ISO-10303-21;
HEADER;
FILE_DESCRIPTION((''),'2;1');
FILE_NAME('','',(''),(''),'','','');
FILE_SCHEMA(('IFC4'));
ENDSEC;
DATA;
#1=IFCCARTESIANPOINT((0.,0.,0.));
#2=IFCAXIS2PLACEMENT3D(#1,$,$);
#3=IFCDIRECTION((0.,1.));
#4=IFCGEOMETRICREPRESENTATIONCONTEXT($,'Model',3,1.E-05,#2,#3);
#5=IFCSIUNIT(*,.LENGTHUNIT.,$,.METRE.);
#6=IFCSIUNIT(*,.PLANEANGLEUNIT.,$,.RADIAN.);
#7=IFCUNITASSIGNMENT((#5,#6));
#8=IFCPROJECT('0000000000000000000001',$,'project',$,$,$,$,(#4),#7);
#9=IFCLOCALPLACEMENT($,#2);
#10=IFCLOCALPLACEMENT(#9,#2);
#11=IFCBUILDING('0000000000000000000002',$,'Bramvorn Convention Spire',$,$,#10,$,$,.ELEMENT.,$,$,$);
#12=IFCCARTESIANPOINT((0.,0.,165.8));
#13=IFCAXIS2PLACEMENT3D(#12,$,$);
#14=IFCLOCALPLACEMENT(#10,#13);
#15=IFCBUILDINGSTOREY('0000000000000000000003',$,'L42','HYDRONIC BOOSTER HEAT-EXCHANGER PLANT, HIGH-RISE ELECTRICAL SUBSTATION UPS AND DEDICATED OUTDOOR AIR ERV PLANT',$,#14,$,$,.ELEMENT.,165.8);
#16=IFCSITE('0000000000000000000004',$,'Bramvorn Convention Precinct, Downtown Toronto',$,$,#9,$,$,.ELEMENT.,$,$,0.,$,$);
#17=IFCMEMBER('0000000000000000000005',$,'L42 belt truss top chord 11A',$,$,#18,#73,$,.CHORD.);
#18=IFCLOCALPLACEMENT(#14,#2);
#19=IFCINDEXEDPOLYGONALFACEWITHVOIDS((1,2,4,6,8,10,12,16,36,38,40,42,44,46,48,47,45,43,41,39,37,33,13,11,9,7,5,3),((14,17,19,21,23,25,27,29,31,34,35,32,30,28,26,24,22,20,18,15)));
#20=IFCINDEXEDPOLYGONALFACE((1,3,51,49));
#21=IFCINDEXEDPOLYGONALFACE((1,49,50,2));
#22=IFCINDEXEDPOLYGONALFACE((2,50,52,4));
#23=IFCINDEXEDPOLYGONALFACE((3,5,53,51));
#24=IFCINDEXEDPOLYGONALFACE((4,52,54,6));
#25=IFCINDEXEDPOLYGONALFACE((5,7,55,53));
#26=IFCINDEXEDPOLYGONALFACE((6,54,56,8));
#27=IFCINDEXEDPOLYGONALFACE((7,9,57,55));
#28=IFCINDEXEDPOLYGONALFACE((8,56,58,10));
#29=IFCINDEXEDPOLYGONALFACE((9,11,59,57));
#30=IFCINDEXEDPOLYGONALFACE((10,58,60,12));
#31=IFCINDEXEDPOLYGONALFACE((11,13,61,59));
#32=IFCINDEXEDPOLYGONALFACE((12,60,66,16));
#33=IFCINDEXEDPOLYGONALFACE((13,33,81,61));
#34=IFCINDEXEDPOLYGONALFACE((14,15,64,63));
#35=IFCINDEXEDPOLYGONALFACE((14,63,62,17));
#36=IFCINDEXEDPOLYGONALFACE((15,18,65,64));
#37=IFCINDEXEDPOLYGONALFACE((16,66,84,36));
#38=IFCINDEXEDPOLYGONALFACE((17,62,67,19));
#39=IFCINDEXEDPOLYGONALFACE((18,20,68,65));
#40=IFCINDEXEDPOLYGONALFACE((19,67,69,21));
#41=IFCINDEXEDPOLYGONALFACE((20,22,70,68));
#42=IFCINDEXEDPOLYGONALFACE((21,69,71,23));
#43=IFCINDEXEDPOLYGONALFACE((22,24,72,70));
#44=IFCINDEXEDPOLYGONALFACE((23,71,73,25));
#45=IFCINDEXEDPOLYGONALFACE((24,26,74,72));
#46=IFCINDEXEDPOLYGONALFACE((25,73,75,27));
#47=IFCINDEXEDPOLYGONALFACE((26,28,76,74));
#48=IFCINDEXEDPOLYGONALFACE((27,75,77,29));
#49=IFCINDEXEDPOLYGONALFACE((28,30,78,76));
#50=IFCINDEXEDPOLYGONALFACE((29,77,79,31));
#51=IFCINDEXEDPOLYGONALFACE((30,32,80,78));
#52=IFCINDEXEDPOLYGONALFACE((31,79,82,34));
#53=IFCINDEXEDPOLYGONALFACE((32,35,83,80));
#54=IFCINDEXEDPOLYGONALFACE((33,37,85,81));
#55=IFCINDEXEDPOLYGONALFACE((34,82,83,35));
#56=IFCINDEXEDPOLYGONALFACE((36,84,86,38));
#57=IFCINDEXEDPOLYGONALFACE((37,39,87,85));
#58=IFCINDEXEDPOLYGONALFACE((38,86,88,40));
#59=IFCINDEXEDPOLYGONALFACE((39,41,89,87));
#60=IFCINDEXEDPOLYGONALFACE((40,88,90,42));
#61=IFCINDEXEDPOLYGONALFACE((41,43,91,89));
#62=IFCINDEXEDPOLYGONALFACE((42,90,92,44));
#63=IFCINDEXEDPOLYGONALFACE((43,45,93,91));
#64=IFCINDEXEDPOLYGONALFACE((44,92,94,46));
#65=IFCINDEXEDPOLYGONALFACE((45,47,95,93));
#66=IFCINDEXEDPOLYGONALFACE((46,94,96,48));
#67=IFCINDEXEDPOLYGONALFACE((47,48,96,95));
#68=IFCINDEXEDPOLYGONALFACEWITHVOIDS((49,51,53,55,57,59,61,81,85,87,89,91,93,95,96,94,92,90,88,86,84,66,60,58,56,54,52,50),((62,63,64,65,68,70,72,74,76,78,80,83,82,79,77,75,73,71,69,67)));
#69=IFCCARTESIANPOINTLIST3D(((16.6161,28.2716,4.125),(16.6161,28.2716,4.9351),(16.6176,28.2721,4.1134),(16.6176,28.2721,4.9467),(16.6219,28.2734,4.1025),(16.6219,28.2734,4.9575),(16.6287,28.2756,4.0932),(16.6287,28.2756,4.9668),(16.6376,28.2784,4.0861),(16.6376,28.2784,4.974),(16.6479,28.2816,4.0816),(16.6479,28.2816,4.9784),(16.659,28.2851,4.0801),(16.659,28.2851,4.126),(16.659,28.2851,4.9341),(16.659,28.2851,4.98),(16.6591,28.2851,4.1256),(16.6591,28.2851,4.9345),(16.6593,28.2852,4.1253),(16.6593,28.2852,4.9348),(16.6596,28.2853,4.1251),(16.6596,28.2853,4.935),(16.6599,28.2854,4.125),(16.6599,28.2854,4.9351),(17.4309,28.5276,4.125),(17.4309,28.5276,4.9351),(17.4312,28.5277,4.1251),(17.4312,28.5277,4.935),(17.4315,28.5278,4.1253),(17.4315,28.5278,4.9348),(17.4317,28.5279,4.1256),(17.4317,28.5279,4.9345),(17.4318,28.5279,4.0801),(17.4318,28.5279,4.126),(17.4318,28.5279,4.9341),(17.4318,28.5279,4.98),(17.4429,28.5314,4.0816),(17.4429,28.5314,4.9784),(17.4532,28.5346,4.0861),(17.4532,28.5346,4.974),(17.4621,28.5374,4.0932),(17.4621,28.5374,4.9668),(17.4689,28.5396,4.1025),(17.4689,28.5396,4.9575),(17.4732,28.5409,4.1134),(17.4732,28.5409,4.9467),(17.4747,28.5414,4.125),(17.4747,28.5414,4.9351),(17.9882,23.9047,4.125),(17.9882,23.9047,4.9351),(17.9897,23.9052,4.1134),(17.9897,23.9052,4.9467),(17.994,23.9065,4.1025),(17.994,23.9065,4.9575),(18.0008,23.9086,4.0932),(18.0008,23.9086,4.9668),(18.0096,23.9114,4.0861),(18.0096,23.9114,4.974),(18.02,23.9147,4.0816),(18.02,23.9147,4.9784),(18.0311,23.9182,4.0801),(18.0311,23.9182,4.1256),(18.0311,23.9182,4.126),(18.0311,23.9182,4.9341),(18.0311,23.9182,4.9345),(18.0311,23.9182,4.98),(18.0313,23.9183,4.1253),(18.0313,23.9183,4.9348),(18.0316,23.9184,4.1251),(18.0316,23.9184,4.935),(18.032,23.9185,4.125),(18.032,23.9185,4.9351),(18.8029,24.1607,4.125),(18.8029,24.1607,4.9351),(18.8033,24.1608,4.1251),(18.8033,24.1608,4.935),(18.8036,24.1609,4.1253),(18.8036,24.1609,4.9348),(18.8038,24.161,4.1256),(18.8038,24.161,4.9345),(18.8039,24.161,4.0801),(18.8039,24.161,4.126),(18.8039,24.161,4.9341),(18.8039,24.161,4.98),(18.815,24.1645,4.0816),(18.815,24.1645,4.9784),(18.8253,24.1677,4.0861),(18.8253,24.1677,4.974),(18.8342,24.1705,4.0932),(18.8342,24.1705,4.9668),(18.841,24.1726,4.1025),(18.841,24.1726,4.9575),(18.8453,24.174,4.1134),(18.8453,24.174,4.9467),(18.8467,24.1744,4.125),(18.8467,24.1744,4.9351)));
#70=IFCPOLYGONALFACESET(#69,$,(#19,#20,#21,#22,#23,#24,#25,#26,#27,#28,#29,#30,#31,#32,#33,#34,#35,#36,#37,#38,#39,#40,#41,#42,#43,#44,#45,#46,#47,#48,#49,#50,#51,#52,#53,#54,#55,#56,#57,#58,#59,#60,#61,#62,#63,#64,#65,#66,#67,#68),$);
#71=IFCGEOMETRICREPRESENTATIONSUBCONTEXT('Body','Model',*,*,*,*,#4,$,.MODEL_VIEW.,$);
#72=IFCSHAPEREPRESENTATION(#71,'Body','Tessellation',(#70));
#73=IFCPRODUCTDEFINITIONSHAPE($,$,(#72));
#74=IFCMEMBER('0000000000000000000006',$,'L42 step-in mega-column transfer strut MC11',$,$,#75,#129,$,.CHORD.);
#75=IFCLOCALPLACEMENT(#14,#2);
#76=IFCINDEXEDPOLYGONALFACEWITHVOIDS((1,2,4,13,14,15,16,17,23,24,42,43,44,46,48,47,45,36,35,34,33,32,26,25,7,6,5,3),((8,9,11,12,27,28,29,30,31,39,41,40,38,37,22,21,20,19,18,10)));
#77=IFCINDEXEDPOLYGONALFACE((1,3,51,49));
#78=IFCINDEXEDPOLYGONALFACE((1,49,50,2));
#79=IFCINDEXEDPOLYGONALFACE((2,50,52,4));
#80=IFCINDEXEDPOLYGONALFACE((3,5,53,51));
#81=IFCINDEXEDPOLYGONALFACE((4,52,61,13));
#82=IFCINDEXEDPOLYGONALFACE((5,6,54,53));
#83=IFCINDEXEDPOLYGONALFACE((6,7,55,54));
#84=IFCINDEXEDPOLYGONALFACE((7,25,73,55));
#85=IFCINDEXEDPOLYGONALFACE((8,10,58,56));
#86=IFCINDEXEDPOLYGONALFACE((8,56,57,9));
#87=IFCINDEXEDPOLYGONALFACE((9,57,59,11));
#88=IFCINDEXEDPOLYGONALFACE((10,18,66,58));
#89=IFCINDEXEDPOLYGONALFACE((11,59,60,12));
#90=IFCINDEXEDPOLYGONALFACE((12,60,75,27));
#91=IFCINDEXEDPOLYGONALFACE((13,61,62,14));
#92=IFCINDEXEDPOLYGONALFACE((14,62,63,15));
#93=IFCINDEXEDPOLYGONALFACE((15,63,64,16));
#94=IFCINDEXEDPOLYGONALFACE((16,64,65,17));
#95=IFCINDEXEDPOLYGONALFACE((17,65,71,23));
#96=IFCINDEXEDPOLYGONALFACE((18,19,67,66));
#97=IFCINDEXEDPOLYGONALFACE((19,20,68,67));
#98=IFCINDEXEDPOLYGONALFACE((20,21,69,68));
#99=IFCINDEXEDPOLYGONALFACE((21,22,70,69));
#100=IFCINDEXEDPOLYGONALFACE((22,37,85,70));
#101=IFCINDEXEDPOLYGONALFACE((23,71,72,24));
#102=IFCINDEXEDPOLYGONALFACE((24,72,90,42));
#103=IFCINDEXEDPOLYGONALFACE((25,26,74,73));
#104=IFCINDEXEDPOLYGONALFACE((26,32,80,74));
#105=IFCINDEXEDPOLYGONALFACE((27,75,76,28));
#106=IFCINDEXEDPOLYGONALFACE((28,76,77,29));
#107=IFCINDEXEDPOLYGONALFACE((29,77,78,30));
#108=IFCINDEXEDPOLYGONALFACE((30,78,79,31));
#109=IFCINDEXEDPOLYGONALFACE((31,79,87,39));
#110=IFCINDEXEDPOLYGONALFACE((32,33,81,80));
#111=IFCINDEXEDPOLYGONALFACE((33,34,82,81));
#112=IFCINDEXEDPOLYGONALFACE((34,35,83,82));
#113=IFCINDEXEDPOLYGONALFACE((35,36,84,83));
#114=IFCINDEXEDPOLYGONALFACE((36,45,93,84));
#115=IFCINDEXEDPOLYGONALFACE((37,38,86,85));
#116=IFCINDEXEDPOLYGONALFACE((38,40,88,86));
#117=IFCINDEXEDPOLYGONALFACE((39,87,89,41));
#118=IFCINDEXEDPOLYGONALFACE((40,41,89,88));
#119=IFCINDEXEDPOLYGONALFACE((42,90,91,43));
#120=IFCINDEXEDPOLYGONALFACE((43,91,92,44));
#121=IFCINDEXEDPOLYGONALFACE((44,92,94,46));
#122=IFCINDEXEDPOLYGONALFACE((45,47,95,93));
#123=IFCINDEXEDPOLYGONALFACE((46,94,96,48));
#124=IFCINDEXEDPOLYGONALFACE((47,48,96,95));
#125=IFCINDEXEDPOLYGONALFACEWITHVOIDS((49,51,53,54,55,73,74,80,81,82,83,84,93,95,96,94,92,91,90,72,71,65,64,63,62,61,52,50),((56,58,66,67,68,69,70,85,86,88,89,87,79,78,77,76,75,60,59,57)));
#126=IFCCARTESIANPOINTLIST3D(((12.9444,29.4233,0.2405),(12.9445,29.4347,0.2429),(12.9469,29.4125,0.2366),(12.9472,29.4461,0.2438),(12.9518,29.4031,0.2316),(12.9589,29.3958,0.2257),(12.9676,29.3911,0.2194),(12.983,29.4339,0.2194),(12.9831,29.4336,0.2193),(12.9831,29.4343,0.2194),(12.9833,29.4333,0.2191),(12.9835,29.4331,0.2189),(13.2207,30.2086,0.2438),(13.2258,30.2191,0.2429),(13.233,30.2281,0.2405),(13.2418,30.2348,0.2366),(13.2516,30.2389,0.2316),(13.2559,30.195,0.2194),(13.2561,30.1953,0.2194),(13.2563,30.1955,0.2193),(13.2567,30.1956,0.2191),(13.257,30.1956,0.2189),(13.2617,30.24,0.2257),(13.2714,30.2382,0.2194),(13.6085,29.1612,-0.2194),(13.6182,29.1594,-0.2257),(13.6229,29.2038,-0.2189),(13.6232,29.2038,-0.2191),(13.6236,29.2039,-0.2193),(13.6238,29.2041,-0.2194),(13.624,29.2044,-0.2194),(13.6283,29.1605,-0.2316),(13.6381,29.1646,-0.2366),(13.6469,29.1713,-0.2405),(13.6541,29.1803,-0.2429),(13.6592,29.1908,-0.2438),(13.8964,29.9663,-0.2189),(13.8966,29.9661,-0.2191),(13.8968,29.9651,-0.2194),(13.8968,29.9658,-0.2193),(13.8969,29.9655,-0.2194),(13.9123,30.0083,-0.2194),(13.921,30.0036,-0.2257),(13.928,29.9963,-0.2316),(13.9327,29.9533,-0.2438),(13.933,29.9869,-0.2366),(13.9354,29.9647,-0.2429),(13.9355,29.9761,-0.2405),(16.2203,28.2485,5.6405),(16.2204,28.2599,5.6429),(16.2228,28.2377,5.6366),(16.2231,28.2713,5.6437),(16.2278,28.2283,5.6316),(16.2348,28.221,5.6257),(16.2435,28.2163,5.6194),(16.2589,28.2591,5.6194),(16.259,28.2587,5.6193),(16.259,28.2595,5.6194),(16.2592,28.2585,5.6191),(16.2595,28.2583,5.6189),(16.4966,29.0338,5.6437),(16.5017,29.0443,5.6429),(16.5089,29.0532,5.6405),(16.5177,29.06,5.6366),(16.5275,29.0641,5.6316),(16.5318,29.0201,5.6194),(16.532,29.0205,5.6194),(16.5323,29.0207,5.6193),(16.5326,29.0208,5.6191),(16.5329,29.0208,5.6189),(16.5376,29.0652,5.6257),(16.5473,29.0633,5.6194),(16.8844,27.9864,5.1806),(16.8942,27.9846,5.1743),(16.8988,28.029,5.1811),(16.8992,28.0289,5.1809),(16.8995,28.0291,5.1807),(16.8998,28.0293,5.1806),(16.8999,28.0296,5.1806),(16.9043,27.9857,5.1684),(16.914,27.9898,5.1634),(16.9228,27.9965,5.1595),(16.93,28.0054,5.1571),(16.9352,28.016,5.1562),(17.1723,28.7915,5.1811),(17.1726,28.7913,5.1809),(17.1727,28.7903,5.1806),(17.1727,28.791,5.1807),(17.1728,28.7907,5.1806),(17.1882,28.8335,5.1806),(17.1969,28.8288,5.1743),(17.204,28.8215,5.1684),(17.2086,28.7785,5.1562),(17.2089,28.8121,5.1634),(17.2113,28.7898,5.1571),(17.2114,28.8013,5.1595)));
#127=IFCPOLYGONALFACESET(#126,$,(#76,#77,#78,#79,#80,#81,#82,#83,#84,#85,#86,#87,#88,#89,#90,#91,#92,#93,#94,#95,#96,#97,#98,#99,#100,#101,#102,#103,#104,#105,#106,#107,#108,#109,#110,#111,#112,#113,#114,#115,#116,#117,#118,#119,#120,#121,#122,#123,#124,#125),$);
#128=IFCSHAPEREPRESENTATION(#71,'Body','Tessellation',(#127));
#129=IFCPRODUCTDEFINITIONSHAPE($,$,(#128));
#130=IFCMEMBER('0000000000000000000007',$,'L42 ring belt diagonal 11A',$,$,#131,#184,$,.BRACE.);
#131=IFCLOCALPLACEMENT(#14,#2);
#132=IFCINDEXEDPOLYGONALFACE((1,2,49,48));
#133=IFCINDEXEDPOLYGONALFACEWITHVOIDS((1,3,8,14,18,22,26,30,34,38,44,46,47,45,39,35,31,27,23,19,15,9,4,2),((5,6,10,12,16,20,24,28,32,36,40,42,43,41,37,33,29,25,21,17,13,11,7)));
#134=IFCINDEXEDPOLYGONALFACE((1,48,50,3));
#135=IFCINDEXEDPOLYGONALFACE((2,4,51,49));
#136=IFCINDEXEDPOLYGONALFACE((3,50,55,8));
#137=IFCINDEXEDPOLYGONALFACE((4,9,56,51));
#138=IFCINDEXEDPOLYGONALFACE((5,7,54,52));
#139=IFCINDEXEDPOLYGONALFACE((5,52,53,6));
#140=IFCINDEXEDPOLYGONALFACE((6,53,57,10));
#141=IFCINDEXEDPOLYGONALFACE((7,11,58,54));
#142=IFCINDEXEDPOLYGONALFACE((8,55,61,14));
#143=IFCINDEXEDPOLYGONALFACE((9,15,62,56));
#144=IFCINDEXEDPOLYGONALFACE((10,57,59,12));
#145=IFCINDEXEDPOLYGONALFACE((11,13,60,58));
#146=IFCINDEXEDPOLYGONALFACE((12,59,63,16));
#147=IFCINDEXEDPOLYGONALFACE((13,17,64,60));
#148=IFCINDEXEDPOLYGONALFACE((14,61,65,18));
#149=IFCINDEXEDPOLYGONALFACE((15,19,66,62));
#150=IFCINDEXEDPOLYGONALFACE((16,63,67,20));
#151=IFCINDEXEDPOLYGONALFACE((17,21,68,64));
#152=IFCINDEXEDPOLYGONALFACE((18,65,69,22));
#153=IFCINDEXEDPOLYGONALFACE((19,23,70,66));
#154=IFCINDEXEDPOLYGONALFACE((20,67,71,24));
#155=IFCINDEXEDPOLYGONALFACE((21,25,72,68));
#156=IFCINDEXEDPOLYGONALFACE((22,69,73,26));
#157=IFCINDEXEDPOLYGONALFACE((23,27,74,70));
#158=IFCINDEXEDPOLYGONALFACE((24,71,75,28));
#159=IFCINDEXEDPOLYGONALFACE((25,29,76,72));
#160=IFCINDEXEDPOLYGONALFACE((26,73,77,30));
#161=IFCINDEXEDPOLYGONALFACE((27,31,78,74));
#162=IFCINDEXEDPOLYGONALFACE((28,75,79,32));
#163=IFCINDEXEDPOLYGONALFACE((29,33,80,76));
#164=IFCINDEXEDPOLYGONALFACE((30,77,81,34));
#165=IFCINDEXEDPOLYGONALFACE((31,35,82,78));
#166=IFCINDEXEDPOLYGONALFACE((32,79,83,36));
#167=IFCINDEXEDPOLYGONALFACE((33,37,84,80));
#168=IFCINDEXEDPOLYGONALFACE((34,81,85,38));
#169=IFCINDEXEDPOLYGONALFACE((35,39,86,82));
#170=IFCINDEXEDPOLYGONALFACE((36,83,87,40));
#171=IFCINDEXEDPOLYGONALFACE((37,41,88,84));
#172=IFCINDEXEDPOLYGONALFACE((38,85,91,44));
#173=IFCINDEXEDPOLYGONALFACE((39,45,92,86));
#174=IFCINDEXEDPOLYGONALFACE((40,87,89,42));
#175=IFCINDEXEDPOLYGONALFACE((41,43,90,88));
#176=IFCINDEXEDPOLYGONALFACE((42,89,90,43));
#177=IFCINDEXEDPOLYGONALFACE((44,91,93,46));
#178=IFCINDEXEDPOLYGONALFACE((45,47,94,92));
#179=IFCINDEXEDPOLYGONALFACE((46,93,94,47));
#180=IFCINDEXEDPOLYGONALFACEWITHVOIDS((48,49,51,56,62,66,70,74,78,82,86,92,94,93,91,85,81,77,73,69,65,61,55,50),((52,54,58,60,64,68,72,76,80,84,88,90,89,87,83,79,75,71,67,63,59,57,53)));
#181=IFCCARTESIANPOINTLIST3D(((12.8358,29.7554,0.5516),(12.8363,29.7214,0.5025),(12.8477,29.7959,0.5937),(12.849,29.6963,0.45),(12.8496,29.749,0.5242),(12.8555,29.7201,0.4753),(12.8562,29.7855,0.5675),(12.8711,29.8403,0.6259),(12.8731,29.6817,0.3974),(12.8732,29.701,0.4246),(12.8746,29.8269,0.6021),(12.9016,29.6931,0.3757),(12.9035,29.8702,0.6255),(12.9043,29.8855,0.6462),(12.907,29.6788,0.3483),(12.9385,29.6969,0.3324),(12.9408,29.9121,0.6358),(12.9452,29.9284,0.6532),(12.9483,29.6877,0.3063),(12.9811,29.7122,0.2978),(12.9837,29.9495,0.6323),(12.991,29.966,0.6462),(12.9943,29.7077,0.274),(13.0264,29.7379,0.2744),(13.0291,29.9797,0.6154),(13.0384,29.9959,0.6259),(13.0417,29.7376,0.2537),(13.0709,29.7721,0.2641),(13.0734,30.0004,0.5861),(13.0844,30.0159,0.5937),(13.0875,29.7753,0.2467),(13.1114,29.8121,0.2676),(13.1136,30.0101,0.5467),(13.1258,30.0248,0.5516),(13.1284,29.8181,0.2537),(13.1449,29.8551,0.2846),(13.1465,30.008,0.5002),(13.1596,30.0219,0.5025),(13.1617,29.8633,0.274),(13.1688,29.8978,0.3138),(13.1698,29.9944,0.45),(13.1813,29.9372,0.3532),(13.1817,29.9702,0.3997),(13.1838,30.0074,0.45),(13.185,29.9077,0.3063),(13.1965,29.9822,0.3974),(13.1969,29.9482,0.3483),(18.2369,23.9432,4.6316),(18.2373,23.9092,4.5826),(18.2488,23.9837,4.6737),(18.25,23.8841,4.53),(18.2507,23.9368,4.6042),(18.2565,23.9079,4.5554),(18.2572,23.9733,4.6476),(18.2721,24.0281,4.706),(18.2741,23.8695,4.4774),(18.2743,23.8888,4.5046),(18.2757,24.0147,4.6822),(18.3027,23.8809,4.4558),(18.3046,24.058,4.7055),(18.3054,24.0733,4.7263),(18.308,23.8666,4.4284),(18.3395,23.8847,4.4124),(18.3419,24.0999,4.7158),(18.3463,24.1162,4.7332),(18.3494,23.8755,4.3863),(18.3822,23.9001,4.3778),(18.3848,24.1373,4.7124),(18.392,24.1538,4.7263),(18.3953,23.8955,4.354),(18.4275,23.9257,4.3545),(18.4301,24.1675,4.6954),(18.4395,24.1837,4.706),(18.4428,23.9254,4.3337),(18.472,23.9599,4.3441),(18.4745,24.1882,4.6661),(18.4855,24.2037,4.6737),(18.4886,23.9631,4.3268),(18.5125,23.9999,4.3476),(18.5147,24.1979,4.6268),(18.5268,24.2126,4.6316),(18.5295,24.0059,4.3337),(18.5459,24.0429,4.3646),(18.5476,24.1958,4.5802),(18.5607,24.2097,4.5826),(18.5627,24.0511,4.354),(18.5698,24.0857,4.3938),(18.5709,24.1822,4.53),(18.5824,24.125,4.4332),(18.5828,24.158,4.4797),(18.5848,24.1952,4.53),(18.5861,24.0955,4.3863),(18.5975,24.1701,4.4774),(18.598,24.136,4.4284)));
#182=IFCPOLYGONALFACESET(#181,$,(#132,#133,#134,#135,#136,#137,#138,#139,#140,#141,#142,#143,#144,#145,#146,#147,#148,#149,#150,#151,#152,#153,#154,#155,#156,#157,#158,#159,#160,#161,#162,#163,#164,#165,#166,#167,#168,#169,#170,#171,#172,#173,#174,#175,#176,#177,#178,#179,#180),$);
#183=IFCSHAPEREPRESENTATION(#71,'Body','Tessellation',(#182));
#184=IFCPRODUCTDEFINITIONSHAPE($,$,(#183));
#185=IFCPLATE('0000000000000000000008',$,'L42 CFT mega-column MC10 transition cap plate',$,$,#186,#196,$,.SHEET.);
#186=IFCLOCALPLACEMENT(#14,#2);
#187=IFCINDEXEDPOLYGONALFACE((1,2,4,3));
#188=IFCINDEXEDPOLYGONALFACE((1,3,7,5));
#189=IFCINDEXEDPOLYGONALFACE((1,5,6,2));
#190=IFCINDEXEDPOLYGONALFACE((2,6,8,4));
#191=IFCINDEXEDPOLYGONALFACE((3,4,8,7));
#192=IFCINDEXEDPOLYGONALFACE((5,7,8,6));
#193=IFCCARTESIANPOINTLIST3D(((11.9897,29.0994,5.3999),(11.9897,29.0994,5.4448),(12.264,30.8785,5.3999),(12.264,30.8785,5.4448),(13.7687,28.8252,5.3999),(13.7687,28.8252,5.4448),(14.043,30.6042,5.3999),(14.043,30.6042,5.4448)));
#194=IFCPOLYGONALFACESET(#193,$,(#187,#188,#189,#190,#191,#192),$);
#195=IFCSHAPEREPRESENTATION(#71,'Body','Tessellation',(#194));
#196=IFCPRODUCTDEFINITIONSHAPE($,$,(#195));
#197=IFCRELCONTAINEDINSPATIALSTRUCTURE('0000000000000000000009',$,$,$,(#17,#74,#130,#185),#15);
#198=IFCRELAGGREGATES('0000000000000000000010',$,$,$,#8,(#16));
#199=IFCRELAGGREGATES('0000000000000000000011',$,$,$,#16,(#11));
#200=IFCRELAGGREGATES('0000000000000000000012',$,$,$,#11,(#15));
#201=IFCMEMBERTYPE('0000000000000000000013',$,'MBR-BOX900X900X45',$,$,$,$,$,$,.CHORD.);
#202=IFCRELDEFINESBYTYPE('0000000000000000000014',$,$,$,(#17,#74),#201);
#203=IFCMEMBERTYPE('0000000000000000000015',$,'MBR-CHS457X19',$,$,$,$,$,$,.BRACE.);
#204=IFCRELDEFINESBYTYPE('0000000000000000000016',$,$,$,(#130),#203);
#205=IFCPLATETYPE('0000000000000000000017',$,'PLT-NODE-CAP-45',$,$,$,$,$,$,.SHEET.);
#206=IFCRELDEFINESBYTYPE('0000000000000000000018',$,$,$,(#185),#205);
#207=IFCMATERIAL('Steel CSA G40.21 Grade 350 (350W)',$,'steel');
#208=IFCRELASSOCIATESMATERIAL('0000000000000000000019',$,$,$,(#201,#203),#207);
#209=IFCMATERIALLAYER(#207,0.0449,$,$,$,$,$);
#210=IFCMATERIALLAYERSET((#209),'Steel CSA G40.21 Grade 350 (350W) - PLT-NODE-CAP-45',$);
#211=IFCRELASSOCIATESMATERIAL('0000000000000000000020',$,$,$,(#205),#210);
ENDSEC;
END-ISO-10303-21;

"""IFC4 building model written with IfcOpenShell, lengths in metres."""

from ifc_helpers import new_model, si_unit, direction, frame, origin, origin_2d, place, context, subcontext, project, spatial, rectangle, hollow_rectangle, hollow_circle, extrude, material, layer, layer_set, material_profile, profile_set, type_object, element, save


model = new_model("IFC4")

# Units and contexts
model_context = context("Model", 3, precision=1e-05, world=origin(), true_north=direction((0.0, 1.0)))
body_context = subcontext(model_context, "Body", "Model", "MODEL_VIEW")
ifc_project = project(units=[si_unit("LENGTHUNIT", "METRE"), si_unit("PLANEANGLEUNIT", "RADIAN")], contexts=[model_context])

# Site, building, storey
site_placement = place(None, origin())
site = spatial("IfcSite", under=ifc_project, at=site_placement, Name="Bramvorn Convention Precinct, Downtown Toronto", CompositionType="ELEMENT", RefElevation=0.0)
building_placement = place(site_placement, origin())
building = spatial("IfcBuilding", under=site, at=building_placement, Name="Bramvorn Convention Spire", CompositionType="ELEMENT")
storey_placement = place(building_placement, frame((0.0, 0.0, 165.8)))
storey = spatial("IfcBuildingStorey", under=building, at=storey_placement, Name="L42", Description="HYDRONIC BOOSTER HEAT-EXCHANGER PLANT, HIGH-RISE ELECTRICAL SUBSTATION UPS AND DEDICATED OUTDOOR AIR ERV PLANT", CompositionType="ELEMENT", Elevation=165.8)

# Shared definitions
ifc_material_1 = material(Name="Steel CSA G40.21 Grade 350 (350W)", Category="steel")

# Members
ifc_material_profile_1 = material_profile(ifc_material_1, hollow_rectangle(XDim=0.8999, YDim=0.8999, WallThickness=0.0449, InnerFilletRadius=0.001, OuterFilletRadius=0.0449, at=origin_2d()))
ifc_profile_set_1 = profile_set([ifc_material_profile_1], Name="Steel CSA G40.21 Grade 350 (350W) - BOX900X900X45")
member_type_1 = type_object("IfcMemberType", Name="MBR-BOX900X900X45", PredefinedType="CHORD", material=ifc_profile_set_1)
member_1_placement = place(storey_placement, frame((17.0454, 28.4065, 4.53), z_axis=(0.299748, -0.954019, 0.0), x_axis=(0.954019, 0.299748, 0.0)))
element("IfcMember", 1, at=member_1_placement, inside=storey, type_object=member_type_1, Name="L42 belt truss top chord 11A", PredefinedType="CHORD", context=body_context, shape_type="SweptSolid", body=[
    extrude(hollow_rectangle(XDim=0.8999, YDim=0.8999, WallThickness=0.0449, InnerFilletRadius=0.001, OuterFilletRadius=0.0449, at=origin_2d()), origin(), (0.0, 0.0, 1.0), 4.5774),
])
member_2_placement = place(storey_placement, frame((13.4399, 29.6997, 0.0), z_axis=(0.509927, -0.182871, 0.840555), x_axis=(0.337572, 0.9413, 0.0)))
element("IfcMember", 2, at=member_2_placement, inside=storey, type_object=member_type_1, Name="L42 step-in mega-column transfer strut MC11", PredefinedType="CHORD", context=body_context, shape_type="SweptSolid", body=[
    extrude(hollow_rectangle(XDim=0.8999, YDim=0.8999, WallThickness=0.0449, InnerFilletRadius=0.001, OuterFilletRadius=0.0449, at=origin_2d()), origin(), (0.0, 0.0, 1.0), 6.4243),
])
ifc_material_profile_2 = material_profile(ifc_material_1, hollow_circle(Radius=0.2285, WallThickness=0.019, at=origin_2d()))
ifc_profile_set_2 = profile_set([ifc_material_profile_2], Name="Steel CSA G40.21 Grade 350 (350W) - CHS457X19")
member_type_2 = type_object("IfcMemberType", Name="MBR-CHS457X19", PredefinedType="BRACE", material=ifc_profile_set_2)
member_3_placement = place(storey_placement, frame((13.0164, 29.8518, 0.45), z_axis=(0.605374, -0.651455, 0.457307), x_axis=(0.73254, 0.680724, 0.0)))
element("IfcMember", 3, at=member_3_placement, inside=storey, type_object=member_type_2, Name="L42 ring belt diagonal 11A", PredefinedType="BRACE", context=body_context, shape_type="SweptSolid", body=[
    extrude(hollow_circle(Radius=0.2285, WallThickness=0.019, at=origin_2d()), origin(), (0.0, 0.0, 1.0), 8.9219),
])

# Plate
ifc_layer_1 = layer(ifc_material_1, 0.0449)
ifc_layer_set_1 = layer_set([ifc_layer_1], Name="Steel CSA G40.21 Grade 350 (350W) - PLT-NODE-CAP-45")
plate_type_1 = type_object("IfcPlateType", Name="PLT-NODE-CAP-45", PredefinedType="SHEET", material=ifc_layer_set_1)
plate_1_placement = place(storey_placement, frame((13.0164, 29.8518, 5.3999), z_axis=(0.0, 0.0, 1.0), x_axis=(-0.988324, 0.152368, 0.0)))
element("IfcPlate", 4, at=plate_1_placement, inside=storey, type_object=plate_type_1, Name="L42 CFT mega-column MC10 transition cap plate", PredefinedType="SHEET", context=body_context, shape_type="SweptSolid", body=[
    extrude(rectangle(XDim=1.8, YDim=1.8, at=origin_2d()), origin(), (0.0, 0.0, 1.0), 0.0449),
])

save(model, "model.ifc")
